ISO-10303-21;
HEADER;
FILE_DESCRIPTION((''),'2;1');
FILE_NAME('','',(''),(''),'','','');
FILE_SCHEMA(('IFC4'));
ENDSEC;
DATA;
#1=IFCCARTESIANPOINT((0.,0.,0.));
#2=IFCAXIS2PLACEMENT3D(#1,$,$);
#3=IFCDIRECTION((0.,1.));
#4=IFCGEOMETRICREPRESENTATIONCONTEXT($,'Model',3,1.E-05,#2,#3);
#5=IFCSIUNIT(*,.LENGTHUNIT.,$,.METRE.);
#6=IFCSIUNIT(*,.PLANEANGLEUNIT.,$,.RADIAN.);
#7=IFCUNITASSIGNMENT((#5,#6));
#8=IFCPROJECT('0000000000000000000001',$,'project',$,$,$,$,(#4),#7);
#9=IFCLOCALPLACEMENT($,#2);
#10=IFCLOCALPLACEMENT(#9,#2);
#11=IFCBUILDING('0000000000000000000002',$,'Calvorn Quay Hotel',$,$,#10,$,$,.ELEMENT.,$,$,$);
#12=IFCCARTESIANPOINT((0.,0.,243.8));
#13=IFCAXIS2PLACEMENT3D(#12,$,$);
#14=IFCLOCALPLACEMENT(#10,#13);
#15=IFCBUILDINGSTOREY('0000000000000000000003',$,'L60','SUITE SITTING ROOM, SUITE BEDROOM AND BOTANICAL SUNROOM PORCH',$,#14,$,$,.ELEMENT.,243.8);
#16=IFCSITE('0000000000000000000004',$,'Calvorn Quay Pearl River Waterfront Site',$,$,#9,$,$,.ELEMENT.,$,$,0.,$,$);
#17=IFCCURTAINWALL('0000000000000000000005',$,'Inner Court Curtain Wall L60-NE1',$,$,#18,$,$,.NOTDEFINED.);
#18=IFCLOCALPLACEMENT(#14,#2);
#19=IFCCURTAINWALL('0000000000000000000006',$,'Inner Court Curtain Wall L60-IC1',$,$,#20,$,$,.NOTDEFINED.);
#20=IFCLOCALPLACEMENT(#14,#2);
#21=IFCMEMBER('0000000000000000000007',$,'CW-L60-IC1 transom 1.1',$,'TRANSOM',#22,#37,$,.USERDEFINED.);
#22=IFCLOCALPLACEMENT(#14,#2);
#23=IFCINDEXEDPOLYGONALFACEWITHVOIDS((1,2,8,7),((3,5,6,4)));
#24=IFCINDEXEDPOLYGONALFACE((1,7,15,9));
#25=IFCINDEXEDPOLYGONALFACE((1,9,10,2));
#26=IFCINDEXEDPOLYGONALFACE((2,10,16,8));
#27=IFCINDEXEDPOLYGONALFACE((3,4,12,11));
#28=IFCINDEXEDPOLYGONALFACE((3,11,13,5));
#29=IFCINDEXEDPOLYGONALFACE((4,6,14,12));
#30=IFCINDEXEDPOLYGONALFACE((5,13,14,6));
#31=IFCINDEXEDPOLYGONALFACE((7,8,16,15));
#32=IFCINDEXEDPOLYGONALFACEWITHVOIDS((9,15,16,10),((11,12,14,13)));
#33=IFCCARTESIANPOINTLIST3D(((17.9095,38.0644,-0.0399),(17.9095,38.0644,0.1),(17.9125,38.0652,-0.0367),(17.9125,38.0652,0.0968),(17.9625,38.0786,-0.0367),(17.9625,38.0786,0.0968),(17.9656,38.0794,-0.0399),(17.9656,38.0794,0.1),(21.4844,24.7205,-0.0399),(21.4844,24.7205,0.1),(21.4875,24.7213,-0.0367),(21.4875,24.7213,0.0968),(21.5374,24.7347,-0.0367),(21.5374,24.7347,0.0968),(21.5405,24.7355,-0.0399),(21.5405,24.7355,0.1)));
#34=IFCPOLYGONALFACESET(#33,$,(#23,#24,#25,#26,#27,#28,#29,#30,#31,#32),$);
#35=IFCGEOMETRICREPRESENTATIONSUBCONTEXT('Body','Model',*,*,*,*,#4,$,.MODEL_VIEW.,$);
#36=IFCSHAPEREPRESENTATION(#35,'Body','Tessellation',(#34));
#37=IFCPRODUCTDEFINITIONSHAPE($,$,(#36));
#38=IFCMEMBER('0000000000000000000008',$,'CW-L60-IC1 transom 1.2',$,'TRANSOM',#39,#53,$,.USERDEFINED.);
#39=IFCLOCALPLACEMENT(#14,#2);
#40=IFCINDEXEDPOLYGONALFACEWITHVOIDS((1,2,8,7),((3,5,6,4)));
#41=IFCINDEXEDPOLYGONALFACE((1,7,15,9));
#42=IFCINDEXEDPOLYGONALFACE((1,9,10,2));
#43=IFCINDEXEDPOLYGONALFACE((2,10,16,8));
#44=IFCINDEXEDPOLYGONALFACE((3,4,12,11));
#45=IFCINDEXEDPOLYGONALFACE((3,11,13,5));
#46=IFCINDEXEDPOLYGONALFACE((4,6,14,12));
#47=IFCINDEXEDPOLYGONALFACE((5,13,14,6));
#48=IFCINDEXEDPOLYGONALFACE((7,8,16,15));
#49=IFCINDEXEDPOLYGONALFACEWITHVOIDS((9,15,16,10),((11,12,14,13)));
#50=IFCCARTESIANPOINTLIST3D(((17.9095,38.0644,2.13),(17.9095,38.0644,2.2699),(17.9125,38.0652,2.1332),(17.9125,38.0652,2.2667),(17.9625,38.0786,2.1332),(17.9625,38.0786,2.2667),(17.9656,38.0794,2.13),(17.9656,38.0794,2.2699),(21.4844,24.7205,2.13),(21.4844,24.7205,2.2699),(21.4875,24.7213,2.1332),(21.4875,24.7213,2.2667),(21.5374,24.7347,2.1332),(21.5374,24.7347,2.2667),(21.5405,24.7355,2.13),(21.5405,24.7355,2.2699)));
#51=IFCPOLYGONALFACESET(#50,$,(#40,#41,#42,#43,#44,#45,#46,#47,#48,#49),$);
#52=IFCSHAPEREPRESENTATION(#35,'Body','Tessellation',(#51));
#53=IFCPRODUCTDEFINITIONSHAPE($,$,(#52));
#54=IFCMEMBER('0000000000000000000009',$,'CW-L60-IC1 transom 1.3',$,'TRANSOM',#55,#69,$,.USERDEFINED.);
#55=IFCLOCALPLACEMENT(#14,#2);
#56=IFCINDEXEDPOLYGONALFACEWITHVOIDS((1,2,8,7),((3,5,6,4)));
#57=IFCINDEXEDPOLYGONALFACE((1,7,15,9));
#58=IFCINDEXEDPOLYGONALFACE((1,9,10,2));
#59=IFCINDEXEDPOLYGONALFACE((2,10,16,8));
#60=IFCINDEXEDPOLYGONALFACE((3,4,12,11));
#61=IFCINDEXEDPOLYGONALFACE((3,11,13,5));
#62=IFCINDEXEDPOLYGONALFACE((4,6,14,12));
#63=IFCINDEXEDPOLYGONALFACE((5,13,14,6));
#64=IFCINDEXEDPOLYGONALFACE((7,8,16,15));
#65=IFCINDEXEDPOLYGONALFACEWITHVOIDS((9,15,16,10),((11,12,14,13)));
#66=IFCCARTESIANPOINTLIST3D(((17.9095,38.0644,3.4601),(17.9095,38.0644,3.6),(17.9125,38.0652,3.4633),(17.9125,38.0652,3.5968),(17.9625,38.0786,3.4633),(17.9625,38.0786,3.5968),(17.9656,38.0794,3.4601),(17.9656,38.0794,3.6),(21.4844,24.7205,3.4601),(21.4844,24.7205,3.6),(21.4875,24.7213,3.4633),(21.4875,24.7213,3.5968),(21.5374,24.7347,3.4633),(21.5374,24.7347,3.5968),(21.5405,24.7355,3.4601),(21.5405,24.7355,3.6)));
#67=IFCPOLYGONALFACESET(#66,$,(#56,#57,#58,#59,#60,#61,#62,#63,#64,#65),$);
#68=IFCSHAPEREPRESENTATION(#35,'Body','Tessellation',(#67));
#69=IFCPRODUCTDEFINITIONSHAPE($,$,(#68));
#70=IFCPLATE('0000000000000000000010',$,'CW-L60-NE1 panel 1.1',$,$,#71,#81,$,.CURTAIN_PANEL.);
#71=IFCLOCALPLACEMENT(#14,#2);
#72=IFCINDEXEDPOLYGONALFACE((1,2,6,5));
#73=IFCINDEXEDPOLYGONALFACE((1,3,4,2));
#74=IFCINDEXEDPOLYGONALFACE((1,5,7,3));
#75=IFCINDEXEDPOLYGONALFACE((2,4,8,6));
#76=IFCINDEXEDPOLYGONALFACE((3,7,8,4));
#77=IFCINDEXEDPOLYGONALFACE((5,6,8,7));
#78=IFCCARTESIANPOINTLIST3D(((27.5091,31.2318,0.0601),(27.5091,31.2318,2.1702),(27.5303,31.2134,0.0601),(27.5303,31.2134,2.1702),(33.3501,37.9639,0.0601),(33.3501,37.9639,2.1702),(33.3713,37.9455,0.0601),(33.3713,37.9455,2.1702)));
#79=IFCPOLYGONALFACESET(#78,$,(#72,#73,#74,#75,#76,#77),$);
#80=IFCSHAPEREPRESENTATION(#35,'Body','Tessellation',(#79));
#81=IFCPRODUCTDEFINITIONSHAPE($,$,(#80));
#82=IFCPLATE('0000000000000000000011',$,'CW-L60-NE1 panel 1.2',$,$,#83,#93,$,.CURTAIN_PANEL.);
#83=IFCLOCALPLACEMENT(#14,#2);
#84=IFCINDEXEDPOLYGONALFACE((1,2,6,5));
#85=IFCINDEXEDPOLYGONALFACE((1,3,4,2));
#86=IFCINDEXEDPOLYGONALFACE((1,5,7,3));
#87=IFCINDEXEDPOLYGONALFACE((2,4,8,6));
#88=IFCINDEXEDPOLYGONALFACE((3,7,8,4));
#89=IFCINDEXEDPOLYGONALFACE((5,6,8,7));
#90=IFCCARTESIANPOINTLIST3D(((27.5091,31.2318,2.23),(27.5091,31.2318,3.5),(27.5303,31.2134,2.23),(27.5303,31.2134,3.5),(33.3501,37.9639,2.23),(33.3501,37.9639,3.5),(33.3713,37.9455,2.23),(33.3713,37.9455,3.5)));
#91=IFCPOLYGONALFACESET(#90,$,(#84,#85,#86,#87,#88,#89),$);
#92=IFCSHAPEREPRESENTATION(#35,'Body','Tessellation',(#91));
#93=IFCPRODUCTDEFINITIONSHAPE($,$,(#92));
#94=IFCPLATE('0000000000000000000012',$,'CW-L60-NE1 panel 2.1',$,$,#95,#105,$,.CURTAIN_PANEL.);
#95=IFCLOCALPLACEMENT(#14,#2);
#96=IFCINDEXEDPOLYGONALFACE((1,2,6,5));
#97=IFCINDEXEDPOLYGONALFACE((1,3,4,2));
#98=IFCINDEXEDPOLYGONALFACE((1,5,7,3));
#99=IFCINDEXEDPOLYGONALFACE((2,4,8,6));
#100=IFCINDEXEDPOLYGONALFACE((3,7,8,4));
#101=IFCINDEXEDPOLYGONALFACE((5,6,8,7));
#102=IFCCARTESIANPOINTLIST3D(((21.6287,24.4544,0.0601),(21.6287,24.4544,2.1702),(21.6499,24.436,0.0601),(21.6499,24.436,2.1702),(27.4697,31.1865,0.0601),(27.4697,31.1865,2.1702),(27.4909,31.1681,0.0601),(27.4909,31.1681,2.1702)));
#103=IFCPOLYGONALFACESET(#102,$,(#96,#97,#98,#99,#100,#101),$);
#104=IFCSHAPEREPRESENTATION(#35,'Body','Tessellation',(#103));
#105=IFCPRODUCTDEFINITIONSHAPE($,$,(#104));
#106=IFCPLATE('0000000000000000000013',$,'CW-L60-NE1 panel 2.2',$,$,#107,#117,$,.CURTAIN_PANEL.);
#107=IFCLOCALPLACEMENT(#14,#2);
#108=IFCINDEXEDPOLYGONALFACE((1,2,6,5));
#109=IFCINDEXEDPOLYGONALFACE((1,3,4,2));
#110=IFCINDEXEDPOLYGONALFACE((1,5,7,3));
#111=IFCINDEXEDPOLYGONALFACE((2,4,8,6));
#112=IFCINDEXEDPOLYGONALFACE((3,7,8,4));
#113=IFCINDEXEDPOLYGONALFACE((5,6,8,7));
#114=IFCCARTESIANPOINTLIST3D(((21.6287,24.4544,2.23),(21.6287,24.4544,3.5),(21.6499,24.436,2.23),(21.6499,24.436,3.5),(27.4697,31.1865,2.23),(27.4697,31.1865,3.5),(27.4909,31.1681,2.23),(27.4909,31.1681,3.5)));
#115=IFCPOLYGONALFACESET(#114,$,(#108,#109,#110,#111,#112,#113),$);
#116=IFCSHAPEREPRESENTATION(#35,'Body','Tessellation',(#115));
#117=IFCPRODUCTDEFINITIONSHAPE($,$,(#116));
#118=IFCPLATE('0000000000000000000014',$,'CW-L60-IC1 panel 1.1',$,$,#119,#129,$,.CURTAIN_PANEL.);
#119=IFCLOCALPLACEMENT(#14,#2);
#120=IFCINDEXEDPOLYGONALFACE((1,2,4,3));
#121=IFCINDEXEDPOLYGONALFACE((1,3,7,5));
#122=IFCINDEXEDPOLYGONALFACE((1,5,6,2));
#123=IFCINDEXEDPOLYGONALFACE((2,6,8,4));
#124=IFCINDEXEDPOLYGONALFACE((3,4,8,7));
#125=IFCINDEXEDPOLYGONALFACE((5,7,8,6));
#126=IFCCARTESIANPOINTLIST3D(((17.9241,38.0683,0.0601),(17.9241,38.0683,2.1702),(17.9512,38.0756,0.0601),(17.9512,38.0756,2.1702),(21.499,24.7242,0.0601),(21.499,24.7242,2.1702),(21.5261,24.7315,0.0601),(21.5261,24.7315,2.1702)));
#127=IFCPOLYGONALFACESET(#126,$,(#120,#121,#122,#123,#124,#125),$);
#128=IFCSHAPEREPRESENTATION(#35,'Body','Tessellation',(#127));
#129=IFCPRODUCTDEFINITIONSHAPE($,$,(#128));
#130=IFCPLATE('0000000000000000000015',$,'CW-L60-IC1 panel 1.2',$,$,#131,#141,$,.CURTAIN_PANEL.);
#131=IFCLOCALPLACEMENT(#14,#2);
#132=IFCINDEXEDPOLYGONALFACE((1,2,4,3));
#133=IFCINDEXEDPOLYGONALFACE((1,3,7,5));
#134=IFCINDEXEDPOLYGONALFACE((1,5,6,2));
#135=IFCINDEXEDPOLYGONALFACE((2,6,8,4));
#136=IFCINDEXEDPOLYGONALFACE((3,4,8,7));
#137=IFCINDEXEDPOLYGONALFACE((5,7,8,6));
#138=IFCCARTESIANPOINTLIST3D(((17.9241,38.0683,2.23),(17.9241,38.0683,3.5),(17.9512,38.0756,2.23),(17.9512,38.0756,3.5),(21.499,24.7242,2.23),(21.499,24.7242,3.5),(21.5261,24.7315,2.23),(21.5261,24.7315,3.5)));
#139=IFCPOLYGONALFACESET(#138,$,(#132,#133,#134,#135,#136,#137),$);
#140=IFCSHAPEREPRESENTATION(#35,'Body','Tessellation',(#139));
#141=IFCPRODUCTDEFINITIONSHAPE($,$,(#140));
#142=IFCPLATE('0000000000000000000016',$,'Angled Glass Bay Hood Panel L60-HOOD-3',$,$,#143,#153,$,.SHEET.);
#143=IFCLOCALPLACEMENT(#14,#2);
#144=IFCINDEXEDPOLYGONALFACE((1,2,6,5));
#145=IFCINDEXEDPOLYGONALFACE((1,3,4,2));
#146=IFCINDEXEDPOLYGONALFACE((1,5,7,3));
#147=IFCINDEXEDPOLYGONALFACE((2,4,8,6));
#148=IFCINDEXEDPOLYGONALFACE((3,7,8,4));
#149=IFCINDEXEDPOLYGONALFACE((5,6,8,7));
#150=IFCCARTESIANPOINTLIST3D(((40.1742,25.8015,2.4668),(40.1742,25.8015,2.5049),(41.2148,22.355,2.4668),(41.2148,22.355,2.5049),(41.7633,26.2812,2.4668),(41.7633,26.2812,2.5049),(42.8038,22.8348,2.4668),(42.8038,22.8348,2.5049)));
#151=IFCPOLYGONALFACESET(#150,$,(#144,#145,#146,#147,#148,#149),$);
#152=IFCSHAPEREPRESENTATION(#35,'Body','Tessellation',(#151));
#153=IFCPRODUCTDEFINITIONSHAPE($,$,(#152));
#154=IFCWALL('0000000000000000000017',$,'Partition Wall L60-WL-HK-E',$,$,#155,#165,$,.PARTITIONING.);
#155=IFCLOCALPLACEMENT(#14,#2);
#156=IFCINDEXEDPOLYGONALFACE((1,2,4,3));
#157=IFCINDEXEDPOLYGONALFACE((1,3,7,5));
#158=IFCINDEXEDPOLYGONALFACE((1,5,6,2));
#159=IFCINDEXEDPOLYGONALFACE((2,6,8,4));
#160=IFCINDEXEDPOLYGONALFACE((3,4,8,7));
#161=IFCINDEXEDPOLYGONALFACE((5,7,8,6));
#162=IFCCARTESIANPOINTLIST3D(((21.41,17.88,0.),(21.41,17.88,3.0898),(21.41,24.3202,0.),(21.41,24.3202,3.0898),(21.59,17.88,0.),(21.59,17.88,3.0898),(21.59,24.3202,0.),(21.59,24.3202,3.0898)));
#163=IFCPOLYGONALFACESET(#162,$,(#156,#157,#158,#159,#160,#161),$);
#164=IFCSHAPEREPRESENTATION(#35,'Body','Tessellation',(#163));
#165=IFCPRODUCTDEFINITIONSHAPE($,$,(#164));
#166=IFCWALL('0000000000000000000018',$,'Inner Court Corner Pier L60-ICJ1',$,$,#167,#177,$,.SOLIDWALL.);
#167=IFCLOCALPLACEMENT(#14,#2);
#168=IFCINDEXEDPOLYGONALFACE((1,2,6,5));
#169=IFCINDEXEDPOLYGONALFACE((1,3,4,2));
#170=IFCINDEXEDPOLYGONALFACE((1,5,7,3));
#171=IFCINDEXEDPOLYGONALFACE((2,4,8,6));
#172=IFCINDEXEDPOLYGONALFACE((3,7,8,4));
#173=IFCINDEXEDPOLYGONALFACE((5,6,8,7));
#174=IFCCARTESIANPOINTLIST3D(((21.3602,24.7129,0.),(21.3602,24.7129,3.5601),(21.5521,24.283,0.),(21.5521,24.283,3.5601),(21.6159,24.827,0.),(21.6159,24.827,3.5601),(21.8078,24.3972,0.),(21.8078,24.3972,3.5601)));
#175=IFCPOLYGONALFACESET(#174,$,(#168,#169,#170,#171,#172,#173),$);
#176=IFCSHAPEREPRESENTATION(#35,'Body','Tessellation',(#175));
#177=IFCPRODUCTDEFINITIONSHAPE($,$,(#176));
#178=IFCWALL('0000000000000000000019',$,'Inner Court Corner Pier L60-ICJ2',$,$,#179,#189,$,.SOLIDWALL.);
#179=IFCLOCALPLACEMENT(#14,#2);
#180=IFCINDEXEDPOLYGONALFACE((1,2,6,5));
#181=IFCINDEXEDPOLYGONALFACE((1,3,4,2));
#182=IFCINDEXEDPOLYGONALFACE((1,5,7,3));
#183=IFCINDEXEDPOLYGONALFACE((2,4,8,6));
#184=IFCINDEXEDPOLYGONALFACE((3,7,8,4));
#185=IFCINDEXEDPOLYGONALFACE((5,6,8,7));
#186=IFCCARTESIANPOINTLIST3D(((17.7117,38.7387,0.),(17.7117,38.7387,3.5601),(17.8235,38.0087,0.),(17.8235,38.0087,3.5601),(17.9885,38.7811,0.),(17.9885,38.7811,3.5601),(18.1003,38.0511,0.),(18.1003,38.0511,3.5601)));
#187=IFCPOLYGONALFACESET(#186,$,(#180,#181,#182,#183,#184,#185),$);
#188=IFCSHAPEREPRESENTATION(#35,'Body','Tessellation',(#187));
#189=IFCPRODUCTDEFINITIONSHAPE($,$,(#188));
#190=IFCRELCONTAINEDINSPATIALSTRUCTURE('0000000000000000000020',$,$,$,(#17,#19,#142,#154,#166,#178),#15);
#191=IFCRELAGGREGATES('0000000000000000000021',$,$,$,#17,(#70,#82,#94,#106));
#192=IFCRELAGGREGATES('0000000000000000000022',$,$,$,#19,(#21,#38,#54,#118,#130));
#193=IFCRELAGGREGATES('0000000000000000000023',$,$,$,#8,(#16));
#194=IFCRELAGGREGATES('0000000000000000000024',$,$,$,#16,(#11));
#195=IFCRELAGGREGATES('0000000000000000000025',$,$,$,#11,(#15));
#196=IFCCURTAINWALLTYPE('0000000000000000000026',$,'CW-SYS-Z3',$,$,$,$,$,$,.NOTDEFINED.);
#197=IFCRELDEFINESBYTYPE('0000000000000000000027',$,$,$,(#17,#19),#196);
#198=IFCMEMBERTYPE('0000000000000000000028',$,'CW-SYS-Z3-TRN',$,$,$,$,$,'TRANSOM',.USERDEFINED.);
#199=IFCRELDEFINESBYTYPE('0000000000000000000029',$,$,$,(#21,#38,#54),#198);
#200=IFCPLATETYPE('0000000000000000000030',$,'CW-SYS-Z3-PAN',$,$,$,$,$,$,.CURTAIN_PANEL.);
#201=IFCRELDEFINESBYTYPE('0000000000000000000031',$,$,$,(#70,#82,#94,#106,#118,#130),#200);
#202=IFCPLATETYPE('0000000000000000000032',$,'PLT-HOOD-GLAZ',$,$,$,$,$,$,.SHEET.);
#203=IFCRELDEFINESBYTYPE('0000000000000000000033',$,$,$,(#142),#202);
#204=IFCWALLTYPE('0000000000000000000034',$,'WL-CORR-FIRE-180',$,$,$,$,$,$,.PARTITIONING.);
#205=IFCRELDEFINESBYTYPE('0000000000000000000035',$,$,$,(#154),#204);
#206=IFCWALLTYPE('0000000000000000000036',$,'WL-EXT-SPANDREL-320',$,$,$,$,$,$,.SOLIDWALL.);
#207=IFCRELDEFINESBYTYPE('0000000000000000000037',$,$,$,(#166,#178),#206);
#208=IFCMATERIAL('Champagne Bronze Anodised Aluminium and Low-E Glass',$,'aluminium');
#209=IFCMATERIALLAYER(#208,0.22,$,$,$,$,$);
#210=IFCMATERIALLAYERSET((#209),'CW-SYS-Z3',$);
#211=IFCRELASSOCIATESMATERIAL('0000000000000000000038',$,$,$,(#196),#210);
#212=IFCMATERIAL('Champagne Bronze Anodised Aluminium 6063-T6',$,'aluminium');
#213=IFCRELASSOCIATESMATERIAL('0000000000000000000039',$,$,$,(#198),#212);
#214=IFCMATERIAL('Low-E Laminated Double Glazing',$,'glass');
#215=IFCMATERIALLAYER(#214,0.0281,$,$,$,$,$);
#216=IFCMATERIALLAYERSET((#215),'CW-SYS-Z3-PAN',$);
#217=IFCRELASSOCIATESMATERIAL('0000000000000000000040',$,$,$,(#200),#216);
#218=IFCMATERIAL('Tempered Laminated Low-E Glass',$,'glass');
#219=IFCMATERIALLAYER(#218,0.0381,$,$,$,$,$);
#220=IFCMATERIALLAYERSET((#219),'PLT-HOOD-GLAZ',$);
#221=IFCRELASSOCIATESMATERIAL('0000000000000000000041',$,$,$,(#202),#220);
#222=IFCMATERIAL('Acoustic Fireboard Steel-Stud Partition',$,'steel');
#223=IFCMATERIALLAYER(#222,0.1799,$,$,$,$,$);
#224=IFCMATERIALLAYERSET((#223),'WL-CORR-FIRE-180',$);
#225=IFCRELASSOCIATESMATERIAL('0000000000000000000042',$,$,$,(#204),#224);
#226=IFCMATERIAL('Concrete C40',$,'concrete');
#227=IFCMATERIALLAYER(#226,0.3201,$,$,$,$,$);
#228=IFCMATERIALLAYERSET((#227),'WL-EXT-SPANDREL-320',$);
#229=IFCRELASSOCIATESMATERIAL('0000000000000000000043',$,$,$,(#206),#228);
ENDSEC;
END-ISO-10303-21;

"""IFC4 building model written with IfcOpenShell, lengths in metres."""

from ifc_helpers import new_model, si_unit, direction, frame, frame_2d, origin, origin_2d, place, context, subcontext, project, spatial, rectangle, hollow_rectangle, extrude, material, layer, layer_set, material_profile, profile_set, type_object, element, aggregate, save


model = new_model("IFC4")

# Units and contexts
model_context = context("Model", 3, precision=1e-05, world=origin(), true_north=direction((0.0, 1.0)))
body_context = subcontext(model_context, "Body", "Model", "MODEL_VIEW")
ifc_project = project(units=[si_unit("LENGTHUNIT", "METRE"), si_unit("PLANEANGLEUNIT", "RADIAN")], contexts=[model_context])

# Site, building, storey
site_placement = place(None, origin())
site = spatial("IfcSite", under=ifc_project, at=site_placement, Name="Calvorn Quay Pearl River Waterfront Site", CompositionType="ELEMENT", RefElevation=0.0)
building_placement = place(site_placement, origin())
building = spatial("IfcBuilding", under=site, at=building_placement, Name="Calvorn Quay Hotel", CompositionType="ELEMENT")
storey_placement = place(building_placement, frame((0.0, 0.0, 243.8)))
storey = spatial("IfcBuildingStorey", under=building, at=storey_placement, Name="L60", Description="SUITE SITTING ROOM, SUITE BEDROOM AND BOTANICAL SUNROOM PORCH", CompositionType="ELEMENT", Elevation=243.8)

# Curtain walls
ifc_material_1 = material(Name="Champagne Bronze Anodised Aluminium and Low-E Glass", Category="aluminium")
ifc_layer_1 = layer(ifc_material_1, 0.22)
ifc_layer_set_1 = layer_set([ifc_layer_1], Name="CW-SYS-Z3")
curtain_wall_type = type_object("IfcCurtainWallType", Name="CW-SYS-Z3", PredefinedType="NOTDEFINED", material=ifc_layer_set_1)
curtain_wall_1_placement = place(storey_placement, origin())
curtain_wall_1 = element("IfcCurtainWall", 1, at=curtain_wall_1_placement, inside=storey, type_object=curtain_wall_type, Name="Inner Court Curtain Wall L60-NE1", PredefinedType="NOTDEFINED")
curtain_wall_2_placement = place(storey_placement, origin())
curtain_wall_2 = element("IfcCurtainWall", 2, at=curtain_wall_2_placement, inside=storey, type_object=curtain_wall_type, Name="Inner Court Curtain Wall L60-IC1", PredefinedType="NOTDEFINED")

# Members
ifc_material_2 = material(Name="Champagne Bronze Anodised Aluminium 6063-T6", Category="aluminium")
ifc_material_profile_1 = material_profile(ifc_material_2, hollow_rectangle(XDim=0.0581, YDim=0.1399, WallThickness=0.0032, at=origin_2d()), Name="ALU-T140x58x3.2")
ifc_profile_set_1 = profile_set([ifc_material_profile_1], Name="Champagne Bronze Anodised Aluminium 6063-T6")
member_type_1 = type_object("IfcMemberType", Name="CW-SYS-Z3-TRN", ElementType="TRANSOM", PredefinedType="USERDEFINED", material=ifc_profile_set_1)
member_1_placement = place(storey_placement, frame((21.5125, 24.728, 0.03), z_axis=(-0.258781, 0.965936, 0.0), x_axis=(-0.965936, -0.258781, 0.0)))
member_1 = element("IfcMember", 3, at=member_1_placement, type_object=member_type_1, Name="CW-L60-IC1 transom 1.1", ObjectType="TRANSOM", PredefinedType="USERDEFINED", context=body_context, shape_type="SweptSolid", body=[
    extrude(hollow_rectangle(XDim=0.0581, YDim=0.1399, WallThickness=0.0032, at=origin_2d()), origin(), (0.0, 0.0, 1.0), 13.8145),
])
member_2_placement = place(storey_placement, frame((21.5125, 24.728, 2.2), z_axis=(-0.258781, 0.965936, 0.0), x_axis=(-0.965936, -0.258781, 0.0)))
member_2 = element("IfcMember", 4, at=member_2_placement, type_object=member_type_1, Name="CW-L60-IC1 transom 1.2", ObjectType="TRANSOM", PredefinedType="USERDEFINED", context=body_context, shape_type="SweptSolid", body=[
    extrude(hollow_rectangle(XDim=0.0581, YDim=0.1399, WallThickness=0.0032, at=origin_2d()), origin(), (0.0, 0.0, 1.0), 13.8145),
])
member_3_placement = place(storey_placement, frame((21.5125, 24.728, 3.53), z_axis=(-0.258781, 0.965936, 0.0), x_axis=(-0.965936, -0.258781, 0.0)))
member_3 = element("IfcMember", 5, at=member_3_placement, type_object=member_type_1, Name="CW-L60-IC1 transom 1.3", ObjectType="TRANSOM", PredefinedType="USERDEFINED", context=body_context, shape_type="SweptSolid", body=[
    extrude(hollow_rectangle(XDim=0.0581, YDim=0.1399, WallThickness=0.0032, at=origin_2d()), origin(), (0.0, 0.0, 1.0), 13.8145),
])

# Plates
ifc_material_3 = material(Name="Low-E Laminated Double Glazing", Category="glass")
ifc_layer_2 = layer(ifc_material_3, 0.0281)
ifc_layer_set_2 = layer_set([ifc_layer_2], Name="CW-SYS-Z3-PAN")
plate_type_1 = type_object("IfcPlateType", Name="CW-SYS-Z3-PAN", PredefinedType="CURTAIN_PANEL", material=ifc_layer_set_2)
plate_1_placement = place(storey_placement, frame((30.4402, 34.5886, 0.0601), z_axis=(0.0, 0.0, 1.0), x_axis=(-0.655353, -0.755322, 0.0)))
plate_1 = element("IfcPlate", 6, at=plate_1_placement, type_object=plate_type_1, Name="CW-L60-NE1 panel 1.1", PredefinedType="CURTAIN_PANEL", context=body_context, shape_type="SweptSolid", body=[
    extrude(rectangle(XDim=8.9128, YDim=0.0281, at=origin_2d()), origin(), (0.0, 0.0, 1.0), 2.1101),
])
plate_2_placement = place(storey_placement, frame((30.4402, 34.5886, 2.23), z_axis=(0.0, 0.0, 1.0), x_axis=(-0.655353, -0.755322, 0.0)))
plate_2 = element("IfcPlate", 7, at=plate_2_placement, type_object=plate_type_1, Name="CW-L60-NE1 panel 1.2", PredefinedType="CURTAIN_PANEL", context=body_context, shape_type="SweptSolid", body=[
    extrude(rectangle(XDim=8.9128, YDim=0.0281, at=origin_2d()), origin(), (0.0, 0.0, 1.0), 1.27),
])
plate_3_placement = place(storey_placement, frame((24.5598, 27.8113, 0.0601), z_axis=(0.0, 0.0, 1.0), x_axis=(-0.655353, -0.755322, 0.0)))
plate_3 = element("IfcPlate", 8, at=plate_3_placement, type_object=plate_type_1, Name="CW-L60-NE1 panel 2.1", PredefinedType="CURTAIN_PANEL", context=body_context, shape_type="SweptSolid", body=[
    extrude(rectangle(XDim=8.9128, YDim=0.0281, at=origin_2d()), origin(), (0.0, 0.0, 1.0), 2.1101),
])
plate_4_placement = place(storey_placement, frame((24.5598, 27.8113, 2.23), z_axis=(0.0, 0.0, 1.0), x_axis=(-0.655353, -0.755322, 0.0)))
plate_4 = element("IfcPlate", 9, at=plate_4_placement, type_object=plate_type_1, Name="CW-L60-NE1 panel 2.2", PredefinedType="CURTAIN_PANEL", context=body_context, shape_type="SweptSolid", body=[
    extrude(rectangle(XDim=8.9128, YDim=0.0281, at=origin_2d()), origin(), (0.0, 0.0, 1.0), 1.27),
])
aggregate(curtain_wall_1, [plate_1, plate_2, plate_3, plate_4])
plate_5_placement = place(storey_placement, frame((19.7251, 31.3999, 0.0601), z_axis=(0.0, 0.0, 1.0), x_axis=(-0.258779, 0.965937, 0.0)))
plate_5 = element("IfcPlate", 10, at=plate_5_placement, type_object=plate_type_1, Name="CW-L60-IC1 panel 1.1", PredefinedType="CURTAIN_PANEL", context=body_context, shape_type="SweptSolid", body=[
    extrude(rectangle(XDim=13.8147, YDim=0.0281, at=origin_2d()), origin(), (0.0, 0.0, 1.0), 2.1101),
])
plate_6_placement = place(storey_placement, frame((19.7251, 31.3999, 2.23), z_axis=(0.0, 0.0, 1.0), x_axis=(-0.258779, 0.965937, 0.0)))
plate_6 = element("IfcPlate", 11, at=plate_6_placement, type_object=plate_type_1, Name="CW-L60-IC1 panel 1.2", PredefinedType="CURTAIN_PANEL", context=body_context, shape_type="SweptSolid", body=[
    extrude(rectangle(XDim=13.8147, YDim=0.0281, at=origin_2d()), origin(), (0.0, 0.0, 1.0), 1.27),
])
aggregate(curtain_wall_2, [member_1, member_2, member_3, plate_5, plate_6])
ifc_material_4 = material(Name="Tempered Laminated Low-E Glass", Category="glass")
ifc_layer_3 = layer(ifc_material_4, 0.0381)
ifc_layer_set_3 = layer_set([ifc_layer_3], Name="PLT-HOOD-GLAZ")
plate_type_2 = type_object("IfcPlateType", Name="PLT-HOOD-GLAZ", PredefinedType="SHEET", material=ifc_layer_set_3)
plate_7_placement = place(storey_placement, frame((41.489, 24.3181, 2.4668), z_axis=(0.0, 0.0, 1.0), x_axis=(0.957319, 0.289032, 0.0)))
element("IfcPlate", 12, at=plate_7_placement, inside=storey, type_object=plate_type_2, Name="Angled Glass Bay Hood Panel L60-HOOD-3", PredefinedType="SHEET", context=body_context, shape_type="SweptSolid", body=[
    extrude(rectangle(XDim=1.6599, YDim=3.6001, at=origin_2d()), origin(), (0.0, 0.0, 1.0), 0.0381),
])

# Walls
ifc_material_5 = material(Name="Acoustic Fireboard Steel-Stud Partition", Category="steel")
ifc_layer_4 = layer(ifc_material_5, 0.1799)
ifc_layer_set_4 = layer_set([ifc_layer_4], Name="WL-CORR-FIRE-180")
wall_type_1 = type_object("IfcWallType", Name="WL-CORR-FIRE-180", PredefinedType="PARTITIONING", material=ifc_layer_set_4)
wall_1_placement = place(storey_placement, frame((21.5, 17.8799, 0.0), z_axis=(0.0, 0.0, 1.0), x_axis=(0.0, 1.0, 0.0)))
element("IfcWall", 13, at=wall_1_placement, inside=storey, type_object=wall_type_1, Name="Partition Wall L60-WL-HK-E", PredefinedType="PARTITIONING", context=body_context, shape_type="SweptSolid", body=[
    extrude(rectangle(XDim=6.4402, YDim=0.1799, at=frame_2d((3.2202, 0.0))), origin(), (0.0, 0.0, 1.0), 3.0898),
])
ifc_material_6 = material(Name="Concrete C40", Category="concrete")
ifc_layer_5 = layer(ifc_material_6, 0.3201)
ifc_layer_set_5 = layer_set([ifc_layer_5], Name="WL-EXT-SPANDREL-320")
wall_type_2 = type_object("IfcWallType", Name="WL-EXT-SPANDREL-320", PredefinedType="SOLIDWALL", material=ifc_layer_set_5)
wall_2_placement = place(storey_placement, frame((21.6799, 24.3401, 0.0), z_axis=(0.0, 0.0, 1.0), x_axis=(-0.407581, 0.913169, 0.0)))
element("IfcWall", 14, at=wall_2_placement, inside=storey, type_object=wall_type_2, Name="Inner Court Corner Pier L60-ICJ1", PredefinedType="SOLIDWALL", context=body_context, shape_type="SweptSolid", body=[
    extrude(rectangle(XDim=0.4707, YDim=0.28, at=frame_2d((0.2354, 0.0))), origin(), (0.0, 0.0, 1.0), 3.5601),
])
wall_3_placement = place(storey_placement, frame((17.9619, 38.03, 0.0), z_axis=(0.0, 0.0, 1.0), x_axis=(-0.151411, 0.988471, 0.0)))
element("IfcWall", 15, at=wall_3_placement, inside=storey, type_object=wall_type_2, Name="Inner Court Corner Pier L60-ICJ2", PredefinedType="SOLIDWALL", context=body_context, shape_type="SweptSolid", body=[
    extrude(rectangle(XDim=0.7385, YDim=0.28, at=frame_2d((0.3691, 0.0))), origin(), (0.0, 0.0, 1.0), 3.5601),
])

save(model, "model.ifc")
